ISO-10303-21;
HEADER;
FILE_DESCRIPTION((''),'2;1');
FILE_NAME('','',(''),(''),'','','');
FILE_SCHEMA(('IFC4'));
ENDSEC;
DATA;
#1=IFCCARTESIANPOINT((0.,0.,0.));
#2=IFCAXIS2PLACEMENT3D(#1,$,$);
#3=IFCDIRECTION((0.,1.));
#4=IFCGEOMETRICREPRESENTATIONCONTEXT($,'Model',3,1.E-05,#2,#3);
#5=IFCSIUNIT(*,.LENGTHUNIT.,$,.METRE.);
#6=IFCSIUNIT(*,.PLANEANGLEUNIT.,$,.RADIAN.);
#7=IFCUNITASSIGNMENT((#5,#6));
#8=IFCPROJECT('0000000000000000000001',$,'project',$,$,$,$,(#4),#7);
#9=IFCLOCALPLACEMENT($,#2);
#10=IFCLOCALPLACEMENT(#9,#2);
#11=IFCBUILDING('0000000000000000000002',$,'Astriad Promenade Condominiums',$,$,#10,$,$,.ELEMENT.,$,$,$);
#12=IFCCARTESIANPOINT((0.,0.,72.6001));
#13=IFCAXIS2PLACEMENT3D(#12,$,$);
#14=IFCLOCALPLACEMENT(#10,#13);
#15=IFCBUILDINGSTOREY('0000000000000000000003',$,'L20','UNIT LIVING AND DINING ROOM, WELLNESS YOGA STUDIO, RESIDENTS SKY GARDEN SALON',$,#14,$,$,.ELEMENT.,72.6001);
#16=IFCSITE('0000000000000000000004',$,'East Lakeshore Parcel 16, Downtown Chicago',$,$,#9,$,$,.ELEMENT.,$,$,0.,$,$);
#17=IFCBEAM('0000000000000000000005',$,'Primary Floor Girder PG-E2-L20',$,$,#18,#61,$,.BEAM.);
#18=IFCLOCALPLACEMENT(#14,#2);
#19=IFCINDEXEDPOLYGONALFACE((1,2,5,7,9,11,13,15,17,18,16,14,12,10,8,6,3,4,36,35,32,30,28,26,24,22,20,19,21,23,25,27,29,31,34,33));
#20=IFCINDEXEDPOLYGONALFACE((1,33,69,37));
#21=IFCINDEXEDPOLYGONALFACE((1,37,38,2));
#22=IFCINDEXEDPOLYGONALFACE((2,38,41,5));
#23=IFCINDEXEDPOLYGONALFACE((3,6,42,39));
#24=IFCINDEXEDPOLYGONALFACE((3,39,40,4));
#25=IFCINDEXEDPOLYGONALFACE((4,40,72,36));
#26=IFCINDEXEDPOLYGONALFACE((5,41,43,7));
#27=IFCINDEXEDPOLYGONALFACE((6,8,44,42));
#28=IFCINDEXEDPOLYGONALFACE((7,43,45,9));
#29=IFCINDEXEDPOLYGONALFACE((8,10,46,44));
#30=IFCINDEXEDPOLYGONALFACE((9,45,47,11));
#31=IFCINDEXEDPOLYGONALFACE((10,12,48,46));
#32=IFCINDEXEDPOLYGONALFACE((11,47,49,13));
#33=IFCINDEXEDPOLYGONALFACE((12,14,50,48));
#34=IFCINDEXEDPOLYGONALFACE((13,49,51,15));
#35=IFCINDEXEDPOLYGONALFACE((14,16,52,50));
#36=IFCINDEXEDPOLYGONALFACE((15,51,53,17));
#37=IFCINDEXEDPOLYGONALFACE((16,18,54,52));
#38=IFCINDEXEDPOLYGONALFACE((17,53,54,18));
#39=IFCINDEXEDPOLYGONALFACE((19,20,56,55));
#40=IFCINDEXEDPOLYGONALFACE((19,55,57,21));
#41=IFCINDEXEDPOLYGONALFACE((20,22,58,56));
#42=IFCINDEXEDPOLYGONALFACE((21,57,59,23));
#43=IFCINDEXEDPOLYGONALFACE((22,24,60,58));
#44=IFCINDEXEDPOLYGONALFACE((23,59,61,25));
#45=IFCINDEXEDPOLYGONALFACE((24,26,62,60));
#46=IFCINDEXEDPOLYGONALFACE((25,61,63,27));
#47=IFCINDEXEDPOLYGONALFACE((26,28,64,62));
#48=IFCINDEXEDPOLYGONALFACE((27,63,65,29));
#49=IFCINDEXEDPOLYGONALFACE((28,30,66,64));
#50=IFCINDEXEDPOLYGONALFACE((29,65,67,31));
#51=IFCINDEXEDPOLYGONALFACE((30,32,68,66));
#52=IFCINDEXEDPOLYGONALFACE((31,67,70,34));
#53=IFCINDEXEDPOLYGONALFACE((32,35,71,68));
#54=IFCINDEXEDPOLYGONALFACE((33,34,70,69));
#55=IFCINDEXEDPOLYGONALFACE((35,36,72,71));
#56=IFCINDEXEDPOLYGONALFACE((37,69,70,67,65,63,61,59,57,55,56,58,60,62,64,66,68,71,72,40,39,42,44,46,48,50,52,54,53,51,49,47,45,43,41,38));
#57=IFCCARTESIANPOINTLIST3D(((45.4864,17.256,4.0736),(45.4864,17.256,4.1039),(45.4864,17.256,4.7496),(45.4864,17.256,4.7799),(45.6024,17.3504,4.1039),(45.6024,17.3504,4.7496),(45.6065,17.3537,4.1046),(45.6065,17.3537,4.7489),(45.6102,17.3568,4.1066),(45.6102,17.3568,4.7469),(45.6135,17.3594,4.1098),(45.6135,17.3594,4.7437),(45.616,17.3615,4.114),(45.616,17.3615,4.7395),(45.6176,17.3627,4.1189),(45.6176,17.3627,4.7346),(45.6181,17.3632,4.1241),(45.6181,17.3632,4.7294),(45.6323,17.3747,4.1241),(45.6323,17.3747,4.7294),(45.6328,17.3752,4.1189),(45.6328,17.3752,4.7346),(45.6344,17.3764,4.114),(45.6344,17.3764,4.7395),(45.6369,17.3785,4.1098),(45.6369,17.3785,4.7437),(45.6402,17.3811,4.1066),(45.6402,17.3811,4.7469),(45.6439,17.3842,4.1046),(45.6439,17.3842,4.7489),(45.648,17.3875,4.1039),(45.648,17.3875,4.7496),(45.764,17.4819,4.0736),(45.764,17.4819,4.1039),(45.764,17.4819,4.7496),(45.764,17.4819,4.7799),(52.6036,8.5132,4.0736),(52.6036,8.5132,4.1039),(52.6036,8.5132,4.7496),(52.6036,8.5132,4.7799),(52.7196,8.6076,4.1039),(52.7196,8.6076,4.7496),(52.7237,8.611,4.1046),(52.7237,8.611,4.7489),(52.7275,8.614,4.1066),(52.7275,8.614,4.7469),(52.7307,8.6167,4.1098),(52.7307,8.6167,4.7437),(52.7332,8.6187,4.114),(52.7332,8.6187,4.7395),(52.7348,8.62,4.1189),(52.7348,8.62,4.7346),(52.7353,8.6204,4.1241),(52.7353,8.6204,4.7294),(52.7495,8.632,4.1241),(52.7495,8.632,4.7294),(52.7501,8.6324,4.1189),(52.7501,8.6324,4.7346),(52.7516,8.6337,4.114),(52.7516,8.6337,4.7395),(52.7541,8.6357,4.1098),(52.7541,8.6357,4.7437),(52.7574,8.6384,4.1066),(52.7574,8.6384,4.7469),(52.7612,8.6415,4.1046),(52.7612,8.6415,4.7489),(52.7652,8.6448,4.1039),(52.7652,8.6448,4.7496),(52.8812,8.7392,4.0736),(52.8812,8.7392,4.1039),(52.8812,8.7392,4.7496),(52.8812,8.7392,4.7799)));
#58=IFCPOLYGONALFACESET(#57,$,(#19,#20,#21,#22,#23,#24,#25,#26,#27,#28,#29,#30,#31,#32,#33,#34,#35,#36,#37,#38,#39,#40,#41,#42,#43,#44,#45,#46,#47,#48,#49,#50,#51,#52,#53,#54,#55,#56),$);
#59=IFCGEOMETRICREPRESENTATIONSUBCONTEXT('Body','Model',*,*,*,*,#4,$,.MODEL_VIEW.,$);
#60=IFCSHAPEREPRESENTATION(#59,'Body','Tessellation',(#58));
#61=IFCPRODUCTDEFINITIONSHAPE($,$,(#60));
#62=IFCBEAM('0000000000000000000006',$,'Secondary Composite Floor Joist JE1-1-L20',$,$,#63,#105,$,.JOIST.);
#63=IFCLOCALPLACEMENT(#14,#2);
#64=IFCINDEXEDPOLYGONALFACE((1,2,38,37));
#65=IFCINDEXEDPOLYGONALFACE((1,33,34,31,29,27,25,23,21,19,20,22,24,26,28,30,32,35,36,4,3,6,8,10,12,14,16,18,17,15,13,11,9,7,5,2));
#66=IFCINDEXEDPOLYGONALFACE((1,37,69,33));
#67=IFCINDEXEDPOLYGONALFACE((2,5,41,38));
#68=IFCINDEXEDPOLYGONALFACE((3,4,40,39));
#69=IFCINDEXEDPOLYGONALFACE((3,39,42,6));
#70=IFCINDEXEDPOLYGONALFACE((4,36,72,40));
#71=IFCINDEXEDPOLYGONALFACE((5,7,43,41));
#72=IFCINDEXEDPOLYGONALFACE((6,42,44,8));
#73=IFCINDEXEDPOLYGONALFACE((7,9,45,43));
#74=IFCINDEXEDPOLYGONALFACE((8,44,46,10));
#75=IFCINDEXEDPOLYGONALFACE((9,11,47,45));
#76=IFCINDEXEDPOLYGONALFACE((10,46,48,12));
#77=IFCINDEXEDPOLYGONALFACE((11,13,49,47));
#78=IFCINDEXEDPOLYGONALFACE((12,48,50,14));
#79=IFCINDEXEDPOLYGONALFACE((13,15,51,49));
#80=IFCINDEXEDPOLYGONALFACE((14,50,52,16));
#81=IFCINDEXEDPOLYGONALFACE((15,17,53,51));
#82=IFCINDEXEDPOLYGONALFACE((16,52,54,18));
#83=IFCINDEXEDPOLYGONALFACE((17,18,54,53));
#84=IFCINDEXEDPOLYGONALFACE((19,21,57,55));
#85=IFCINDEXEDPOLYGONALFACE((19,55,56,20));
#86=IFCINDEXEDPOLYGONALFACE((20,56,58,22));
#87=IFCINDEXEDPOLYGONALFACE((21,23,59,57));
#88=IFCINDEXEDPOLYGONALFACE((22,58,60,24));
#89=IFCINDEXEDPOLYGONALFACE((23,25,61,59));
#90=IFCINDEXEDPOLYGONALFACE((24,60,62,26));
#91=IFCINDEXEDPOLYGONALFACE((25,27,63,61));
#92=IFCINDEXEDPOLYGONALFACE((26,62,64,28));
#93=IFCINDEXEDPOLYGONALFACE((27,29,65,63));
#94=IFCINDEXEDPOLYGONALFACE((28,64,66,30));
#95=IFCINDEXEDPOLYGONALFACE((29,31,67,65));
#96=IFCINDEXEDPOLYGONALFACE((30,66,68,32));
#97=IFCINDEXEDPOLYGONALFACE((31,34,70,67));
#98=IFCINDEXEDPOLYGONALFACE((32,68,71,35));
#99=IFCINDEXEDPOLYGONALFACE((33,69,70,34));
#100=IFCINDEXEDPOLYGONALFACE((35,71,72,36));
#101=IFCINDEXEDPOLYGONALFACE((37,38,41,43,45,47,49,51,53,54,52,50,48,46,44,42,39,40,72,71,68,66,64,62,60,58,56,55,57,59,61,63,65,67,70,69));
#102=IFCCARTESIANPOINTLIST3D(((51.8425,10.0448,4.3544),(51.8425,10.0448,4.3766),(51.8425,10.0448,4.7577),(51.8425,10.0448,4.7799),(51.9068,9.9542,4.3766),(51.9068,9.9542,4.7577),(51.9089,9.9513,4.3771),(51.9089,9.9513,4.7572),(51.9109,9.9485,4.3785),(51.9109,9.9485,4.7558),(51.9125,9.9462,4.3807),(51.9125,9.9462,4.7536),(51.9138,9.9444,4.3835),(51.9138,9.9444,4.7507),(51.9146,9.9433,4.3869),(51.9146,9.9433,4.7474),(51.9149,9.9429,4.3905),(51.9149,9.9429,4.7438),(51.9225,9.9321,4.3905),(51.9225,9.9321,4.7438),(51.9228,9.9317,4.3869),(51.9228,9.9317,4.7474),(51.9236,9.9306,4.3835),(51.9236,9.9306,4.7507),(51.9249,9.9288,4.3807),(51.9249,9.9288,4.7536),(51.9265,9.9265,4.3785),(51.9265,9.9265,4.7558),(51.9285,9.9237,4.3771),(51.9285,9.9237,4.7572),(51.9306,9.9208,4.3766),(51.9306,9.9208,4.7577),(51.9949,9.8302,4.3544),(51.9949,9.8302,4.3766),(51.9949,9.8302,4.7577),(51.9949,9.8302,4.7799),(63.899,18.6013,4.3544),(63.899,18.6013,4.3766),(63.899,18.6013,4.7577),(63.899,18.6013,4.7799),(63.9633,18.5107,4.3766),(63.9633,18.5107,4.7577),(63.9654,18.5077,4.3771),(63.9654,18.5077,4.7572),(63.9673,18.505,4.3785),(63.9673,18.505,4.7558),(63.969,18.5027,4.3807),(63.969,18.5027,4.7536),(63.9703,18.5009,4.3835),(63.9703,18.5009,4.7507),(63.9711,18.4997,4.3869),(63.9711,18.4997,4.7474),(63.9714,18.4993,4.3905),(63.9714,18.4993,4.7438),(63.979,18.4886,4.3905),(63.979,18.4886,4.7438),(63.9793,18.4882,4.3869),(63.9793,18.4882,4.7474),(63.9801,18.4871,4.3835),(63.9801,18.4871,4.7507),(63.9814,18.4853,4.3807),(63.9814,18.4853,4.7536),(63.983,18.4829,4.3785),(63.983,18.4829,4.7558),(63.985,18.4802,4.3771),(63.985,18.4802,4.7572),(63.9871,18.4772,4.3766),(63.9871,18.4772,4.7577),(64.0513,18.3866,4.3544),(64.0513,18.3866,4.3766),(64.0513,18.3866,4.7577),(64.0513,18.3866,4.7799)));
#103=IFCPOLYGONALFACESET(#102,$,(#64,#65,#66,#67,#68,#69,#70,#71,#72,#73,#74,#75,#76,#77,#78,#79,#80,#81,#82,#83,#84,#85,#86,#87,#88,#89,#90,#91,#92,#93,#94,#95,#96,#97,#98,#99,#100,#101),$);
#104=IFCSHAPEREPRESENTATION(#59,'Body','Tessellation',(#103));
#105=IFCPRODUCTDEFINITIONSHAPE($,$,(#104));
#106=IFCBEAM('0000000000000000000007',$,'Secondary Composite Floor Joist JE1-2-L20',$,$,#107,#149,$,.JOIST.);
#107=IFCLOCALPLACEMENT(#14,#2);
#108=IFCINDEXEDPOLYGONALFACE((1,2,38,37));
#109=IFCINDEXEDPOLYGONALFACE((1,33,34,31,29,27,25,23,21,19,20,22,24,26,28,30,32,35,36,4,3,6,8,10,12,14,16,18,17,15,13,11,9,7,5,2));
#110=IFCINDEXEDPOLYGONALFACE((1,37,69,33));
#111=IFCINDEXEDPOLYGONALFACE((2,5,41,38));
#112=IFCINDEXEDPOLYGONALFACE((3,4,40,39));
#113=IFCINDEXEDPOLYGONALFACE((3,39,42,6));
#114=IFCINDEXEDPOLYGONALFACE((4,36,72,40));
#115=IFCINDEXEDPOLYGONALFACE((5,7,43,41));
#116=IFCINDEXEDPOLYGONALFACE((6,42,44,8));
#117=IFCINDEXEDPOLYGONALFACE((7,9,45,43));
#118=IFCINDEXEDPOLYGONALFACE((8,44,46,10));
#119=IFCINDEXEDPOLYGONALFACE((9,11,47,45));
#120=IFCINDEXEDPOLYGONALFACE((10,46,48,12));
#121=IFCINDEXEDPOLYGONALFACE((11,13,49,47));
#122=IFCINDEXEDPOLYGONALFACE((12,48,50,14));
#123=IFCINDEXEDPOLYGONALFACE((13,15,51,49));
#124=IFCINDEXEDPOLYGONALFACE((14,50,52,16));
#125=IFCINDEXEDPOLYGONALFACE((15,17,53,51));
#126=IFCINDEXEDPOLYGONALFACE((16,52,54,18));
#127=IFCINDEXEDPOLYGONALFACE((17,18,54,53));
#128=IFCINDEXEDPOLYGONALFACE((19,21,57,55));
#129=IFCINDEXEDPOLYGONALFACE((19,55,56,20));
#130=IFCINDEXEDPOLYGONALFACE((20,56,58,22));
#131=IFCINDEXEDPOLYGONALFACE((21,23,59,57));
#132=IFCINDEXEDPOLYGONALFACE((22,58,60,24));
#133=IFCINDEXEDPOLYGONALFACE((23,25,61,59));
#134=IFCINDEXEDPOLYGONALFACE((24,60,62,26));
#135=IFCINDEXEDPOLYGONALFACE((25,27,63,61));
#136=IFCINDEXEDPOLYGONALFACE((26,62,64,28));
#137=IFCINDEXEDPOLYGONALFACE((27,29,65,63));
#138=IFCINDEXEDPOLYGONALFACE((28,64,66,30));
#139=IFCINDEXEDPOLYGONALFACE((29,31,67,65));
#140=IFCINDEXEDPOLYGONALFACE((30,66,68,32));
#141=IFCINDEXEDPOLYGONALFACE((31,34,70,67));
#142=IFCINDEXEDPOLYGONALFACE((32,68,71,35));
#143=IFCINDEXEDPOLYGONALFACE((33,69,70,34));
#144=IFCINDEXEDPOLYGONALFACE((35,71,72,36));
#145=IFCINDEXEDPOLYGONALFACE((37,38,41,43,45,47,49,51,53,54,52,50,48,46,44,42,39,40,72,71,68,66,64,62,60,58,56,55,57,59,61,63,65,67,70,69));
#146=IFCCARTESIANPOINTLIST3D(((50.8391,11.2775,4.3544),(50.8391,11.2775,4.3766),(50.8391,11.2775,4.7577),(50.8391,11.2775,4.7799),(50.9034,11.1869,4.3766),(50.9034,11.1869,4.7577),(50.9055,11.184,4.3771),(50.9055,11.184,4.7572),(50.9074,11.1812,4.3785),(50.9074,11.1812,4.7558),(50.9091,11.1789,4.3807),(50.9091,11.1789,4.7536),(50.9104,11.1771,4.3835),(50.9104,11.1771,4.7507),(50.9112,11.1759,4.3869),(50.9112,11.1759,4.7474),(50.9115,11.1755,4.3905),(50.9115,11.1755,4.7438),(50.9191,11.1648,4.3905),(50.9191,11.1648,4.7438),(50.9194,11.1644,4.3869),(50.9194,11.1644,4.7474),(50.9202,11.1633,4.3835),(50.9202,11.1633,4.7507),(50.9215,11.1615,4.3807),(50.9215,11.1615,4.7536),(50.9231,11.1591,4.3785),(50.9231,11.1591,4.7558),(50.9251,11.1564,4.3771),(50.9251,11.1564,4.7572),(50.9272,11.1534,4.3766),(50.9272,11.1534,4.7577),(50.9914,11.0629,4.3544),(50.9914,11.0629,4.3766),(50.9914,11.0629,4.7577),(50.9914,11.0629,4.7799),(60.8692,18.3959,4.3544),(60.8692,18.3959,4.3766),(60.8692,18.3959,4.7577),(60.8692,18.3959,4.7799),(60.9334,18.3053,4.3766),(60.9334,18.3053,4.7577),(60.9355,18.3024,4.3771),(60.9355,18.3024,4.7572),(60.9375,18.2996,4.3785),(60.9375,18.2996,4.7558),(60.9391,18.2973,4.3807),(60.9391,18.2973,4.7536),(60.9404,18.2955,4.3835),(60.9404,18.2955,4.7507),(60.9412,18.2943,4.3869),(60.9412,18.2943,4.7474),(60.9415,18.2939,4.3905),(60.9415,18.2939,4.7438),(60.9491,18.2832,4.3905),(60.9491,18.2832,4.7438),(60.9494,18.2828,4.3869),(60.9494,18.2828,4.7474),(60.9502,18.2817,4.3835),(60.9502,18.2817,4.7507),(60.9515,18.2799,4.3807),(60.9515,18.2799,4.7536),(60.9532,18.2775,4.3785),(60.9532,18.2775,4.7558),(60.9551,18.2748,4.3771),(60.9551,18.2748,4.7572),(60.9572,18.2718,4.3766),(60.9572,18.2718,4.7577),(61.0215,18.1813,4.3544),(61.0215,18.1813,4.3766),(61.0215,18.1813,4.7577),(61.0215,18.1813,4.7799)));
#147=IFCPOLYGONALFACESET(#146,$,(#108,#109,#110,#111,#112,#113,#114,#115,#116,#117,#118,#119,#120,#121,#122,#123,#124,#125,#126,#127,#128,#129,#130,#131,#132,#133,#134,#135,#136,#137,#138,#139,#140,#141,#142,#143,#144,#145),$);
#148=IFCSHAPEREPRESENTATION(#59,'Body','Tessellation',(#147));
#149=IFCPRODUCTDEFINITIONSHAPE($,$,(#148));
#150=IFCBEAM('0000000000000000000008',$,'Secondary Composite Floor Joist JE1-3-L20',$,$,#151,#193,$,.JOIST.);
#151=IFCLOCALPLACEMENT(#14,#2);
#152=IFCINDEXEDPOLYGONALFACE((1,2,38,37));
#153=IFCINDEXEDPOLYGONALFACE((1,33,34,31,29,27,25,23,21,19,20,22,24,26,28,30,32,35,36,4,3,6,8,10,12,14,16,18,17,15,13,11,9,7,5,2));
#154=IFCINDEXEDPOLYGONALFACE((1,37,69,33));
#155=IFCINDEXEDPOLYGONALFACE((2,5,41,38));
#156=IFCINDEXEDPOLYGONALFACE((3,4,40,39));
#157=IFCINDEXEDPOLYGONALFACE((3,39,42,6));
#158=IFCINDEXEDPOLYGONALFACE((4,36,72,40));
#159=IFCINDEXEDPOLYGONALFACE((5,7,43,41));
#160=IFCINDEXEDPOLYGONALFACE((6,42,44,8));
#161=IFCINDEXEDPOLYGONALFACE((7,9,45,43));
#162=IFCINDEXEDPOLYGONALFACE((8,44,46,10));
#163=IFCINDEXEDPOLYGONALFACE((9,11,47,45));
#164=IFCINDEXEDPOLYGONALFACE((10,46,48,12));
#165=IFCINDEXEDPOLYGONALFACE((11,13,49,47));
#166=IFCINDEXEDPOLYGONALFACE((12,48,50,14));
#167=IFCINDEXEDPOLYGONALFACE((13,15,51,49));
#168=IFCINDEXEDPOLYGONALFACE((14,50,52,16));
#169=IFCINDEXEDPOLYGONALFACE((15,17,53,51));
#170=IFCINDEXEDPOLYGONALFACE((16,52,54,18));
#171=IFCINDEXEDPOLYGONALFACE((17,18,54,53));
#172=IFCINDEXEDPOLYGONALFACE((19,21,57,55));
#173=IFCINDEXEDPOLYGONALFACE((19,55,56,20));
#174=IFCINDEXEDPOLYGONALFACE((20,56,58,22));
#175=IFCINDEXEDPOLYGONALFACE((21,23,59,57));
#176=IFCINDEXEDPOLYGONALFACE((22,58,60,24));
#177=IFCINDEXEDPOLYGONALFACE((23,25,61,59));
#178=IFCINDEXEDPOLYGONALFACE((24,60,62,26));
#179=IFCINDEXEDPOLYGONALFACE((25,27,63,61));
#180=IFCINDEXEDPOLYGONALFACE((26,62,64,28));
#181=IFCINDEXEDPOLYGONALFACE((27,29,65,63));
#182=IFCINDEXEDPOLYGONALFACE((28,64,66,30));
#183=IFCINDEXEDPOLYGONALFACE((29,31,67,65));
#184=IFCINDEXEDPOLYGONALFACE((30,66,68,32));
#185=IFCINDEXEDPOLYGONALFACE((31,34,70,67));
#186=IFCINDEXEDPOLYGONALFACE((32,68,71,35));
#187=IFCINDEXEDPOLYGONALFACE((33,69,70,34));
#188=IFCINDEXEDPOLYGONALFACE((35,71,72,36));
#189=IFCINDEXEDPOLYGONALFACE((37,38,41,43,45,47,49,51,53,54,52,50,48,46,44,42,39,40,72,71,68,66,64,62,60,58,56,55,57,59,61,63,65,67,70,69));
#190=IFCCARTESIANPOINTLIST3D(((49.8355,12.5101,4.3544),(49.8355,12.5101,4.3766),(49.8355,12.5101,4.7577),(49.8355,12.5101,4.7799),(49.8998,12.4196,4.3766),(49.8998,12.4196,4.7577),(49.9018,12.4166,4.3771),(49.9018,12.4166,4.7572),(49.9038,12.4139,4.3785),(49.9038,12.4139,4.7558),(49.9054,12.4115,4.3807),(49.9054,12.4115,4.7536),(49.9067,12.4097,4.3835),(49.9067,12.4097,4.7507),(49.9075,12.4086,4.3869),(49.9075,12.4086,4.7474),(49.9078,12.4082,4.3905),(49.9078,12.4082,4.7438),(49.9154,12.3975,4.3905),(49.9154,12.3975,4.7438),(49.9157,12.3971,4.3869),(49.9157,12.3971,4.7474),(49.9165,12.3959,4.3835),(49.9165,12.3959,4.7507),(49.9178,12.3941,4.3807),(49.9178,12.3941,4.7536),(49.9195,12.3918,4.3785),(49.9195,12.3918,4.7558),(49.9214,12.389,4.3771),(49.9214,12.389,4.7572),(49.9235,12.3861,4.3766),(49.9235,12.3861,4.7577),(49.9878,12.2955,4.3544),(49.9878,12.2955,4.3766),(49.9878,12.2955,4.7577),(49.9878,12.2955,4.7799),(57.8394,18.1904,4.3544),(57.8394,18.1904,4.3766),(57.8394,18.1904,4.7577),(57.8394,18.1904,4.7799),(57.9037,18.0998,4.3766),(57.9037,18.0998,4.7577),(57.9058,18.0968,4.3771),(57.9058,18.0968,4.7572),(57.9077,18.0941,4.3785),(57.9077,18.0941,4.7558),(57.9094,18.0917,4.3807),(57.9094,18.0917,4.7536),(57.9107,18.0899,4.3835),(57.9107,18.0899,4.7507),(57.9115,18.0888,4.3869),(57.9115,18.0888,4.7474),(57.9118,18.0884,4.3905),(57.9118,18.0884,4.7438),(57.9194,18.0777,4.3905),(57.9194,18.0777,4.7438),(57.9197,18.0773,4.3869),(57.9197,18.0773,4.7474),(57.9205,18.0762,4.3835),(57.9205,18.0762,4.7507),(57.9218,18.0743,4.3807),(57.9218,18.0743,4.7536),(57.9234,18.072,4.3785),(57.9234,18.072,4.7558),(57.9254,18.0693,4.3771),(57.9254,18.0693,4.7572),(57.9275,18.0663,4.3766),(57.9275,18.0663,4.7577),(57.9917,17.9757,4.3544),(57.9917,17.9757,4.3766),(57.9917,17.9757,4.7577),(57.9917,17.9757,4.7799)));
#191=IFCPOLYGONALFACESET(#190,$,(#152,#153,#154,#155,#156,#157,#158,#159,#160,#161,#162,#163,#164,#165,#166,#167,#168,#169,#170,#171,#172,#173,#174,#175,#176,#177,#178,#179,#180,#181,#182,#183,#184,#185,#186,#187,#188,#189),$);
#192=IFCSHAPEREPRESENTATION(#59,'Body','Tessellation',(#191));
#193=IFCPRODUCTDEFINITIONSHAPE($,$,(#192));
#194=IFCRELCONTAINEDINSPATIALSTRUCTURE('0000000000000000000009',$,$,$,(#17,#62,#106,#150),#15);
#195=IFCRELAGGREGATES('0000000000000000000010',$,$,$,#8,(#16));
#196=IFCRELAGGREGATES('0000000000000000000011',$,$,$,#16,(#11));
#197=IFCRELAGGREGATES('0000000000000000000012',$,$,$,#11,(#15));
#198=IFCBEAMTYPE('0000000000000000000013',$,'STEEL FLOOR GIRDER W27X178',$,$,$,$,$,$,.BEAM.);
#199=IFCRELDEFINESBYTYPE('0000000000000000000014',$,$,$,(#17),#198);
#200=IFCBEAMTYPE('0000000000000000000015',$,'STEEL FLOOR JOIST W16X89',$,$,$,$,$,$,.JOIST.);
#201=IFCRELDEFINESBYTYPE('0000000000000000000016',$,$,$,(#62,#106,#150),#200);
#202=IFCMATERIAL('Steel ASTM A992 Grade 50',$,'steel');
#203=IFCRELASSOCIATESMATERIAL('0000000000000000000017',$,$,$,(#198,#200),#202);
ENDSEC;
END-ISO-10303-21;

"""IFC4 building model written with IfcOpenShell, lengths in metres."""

from ifc_helpers import new_model, si_unit, direction, frame, origin, origin_2d, place, context, subcontext, project, spatial, i_section, extrude, source, transform, mapped, material, material_profile, profile_set, type_object, type_shapes, element, save


model = new_model("IFC4")

# Units and contexts
model_context = context("Model", 3, precision=1e-05, world=origin(), true_north=direction((0.0, 1.0)))
body_context = subcontext(model_context, "Body", "Model", "MODEL_VIEW")
ifc_project = project(units=[si_unit("LENGTHUNIT", "METRE"), si_unit("PLANEANGLEUNIT", "RADIAN")], contexts=[model_context])

# Site, building, storey
site_placement = place(None, origin())
site = spatial("IfcSite", under=ifc_project, at=site_placement, Name="East Lakeshore Parcel 16, Downtown Chicago", CompositionType="ELEMENT", RefElevation=0.0)
building_placement = place(site_placement, origin())
building = spatial("IfcBuilding", under=site, at=building_placement, Name="Astriad Promenade Condominiums", CompositionType="ELEMENT")
storey_placement = place(building_placement, frame((0.0, 0.0, 72.6001)))
storey = spatial("IfcBuildingStorey", under=building, at=storey_placement, Name="L20", Description="UNIT LIVING AND DINING ROOM, WELLNESS YOGA STUDIO, RESIDENTS SKY GARDEN SALON", CompositionType="ELEMENT", Elevation=72.6001)

# Shared definitions
ifc_material_1 = material(Name="Steel ASTM A992 Grade 50", Category="steel")

# Beams
ifc_material_profile_1 = material_profile(ifc_material_1, i_section(OverallWidth=0.3579, OverallDepth=0.7063, WebThickness=0.0183, FlangeThickness=0.0303, FilletRadius=0.0203, at=origin_2d()), Name="W27X178")
ifc_profile_set_1 = profile_set([ifc_material_profile_1], Name="Steel ASTM A992 Grade 50")
beam_type_1 = type_object("IfcBeamType", Name="STEEL FLOOR GIRDER W27X178", PredefinedType="BEAM", material=ifc_profile_set_1)
shared_shape_1 = source(origin(), body_context, "Body", "SweptSolid", [
    extrude(i_section(OverallWidth=0.3579, OverallDepth=0.7063, WebThickness=0.0183, FlangeThickness=0.0303, FilletRadius=0.0203, at=origin_2d()), origin(), (0.0, 0.0, 1.0), 11.2734),
])
type_shapes(beam_type_1, [shared_shape_1])
beam_1_placement = place(storey_placement, frame((52.7424, 8.6262, 4.4268), z_axis=(-0.631328, 0.775516, 0.0), x_axis=(-0.775516, -0.631328, 0.0)))
element("IfcBeam", 1, at=beam_1_placement, inside=storey, type_object=beam_type_1, Name="Primary Floor Girder PG-E2-L20", PredefinedType="BEAM", context=body_context, shape_type="MappedRepresentation", body=[
    mapped(shared_shape_1, transform((0.0, 0.0, 0.0), scale=1.0)),
])
ifc_material_profile_2 = material_profile(ifc_material_1, i_section(OverallWidth=0.2632, OverallDepth=0.4255, WebThickness=0.0132, FlangeThickness=0.0222, FilletRadius=0.0139, at=origin_2d()), Name="W16X89")
ifc_profile_set_2 = profile_set([ifc_material_profile_2], Name="Steel ASTM A992 Grade 50")
beam_type_2 = type_object("IfcBeamType", Name="STEEL FLOOR JOIST W16X89", PredefinedType="JOIST", material=ifc_profile_set_2)
shared_shape_2 = source(origin(), body_context, "Body", "SweptSolid", [
    extrude(i_section(OverallWidth=0.2632, OverallDepth=0.4255, WebThickness=0.0132, FlangeThickness=0.0222, FilletRadius=0.0139, at=origin_2d()), origin(), (0.0, 0.0, 1.0), 14.7842),
])
beam_2_placement = place(storey_placement, frame((51.9187, 9.9375, 4.5671), z_axis=(0.815499, 0.578758, 0.0), x_axis=(-0.578758, 0.815499, 0.0)))
element("IfcBeam", 2, at=beam_2_placement, inside=storey, type_object=beam_type_2, Name="Secondary Composite Floor Joist JE1-1-L20", PredefinedType="JOIST", context=body_context, shape_type="MappedRepresentation", body=[
    mapped(shared_shape_2, transform((0.0, 0.0, 0.0), scale=1.0)),
])
shared_shape_3 = source(origin(), body_context, "Body", "SweptSolid", [
    extrude(i_section(OverallWidth=0.2632, OverallDepth=0.4255, WebThickness=0.0132, FlangeThickness=0.0222, FilletRadius=0.0139, at=origin_2d()), origin(), (0.0, 0.0, 1.0), 12.2993),
])
beam_3_placement = place(storey_placement, frame((50.9153, 11.1702, 4.5671), z_axis=(0.815495, 0.578764, 0.0), x_axis=(-0.578764, 0.815495, 0.0)))
element("IfcBeam", 3, at=beam_3_placement, inside=storey, type_object=beam_type_2, Name="Secondary Composite Floor Joist JE1-2-L20", PredefinedType="JOIST", context=body_context, shape_type="MappedRepresentation", body=[
    mapped(shared_shape_3, transform((0.0, 0.0, 0.0), scale=1.0)),
])
shared_shape_4 = source(origin(), body_context, "Body", "SweptSolid", [
    extrude(i_section(OverallWidth=0.2632, OverallDepth=0.4255, WebThickness=0.0132, FlangeThickness=0.0222, FilletRadius=0.0139, at=origin_2d()), origin(), (0.0, 0.0, 1.0), 9.8147),
])
beam_4_placement = place(storey_placement, frame((49.9116, 12.4028, 4.5671), z_axis=(0.815508, 0.578746, 0.0), x_axis=(-0.578746, 0.815508, 0.0)))
element("IfcBeam", 4, at=beam_4_placement, inside=storey, type_object=beam_type_2, Name="Secondary Composite Floor Joist JE1-3-L20", PredefinedType="JOIST", context=body_context, shape_type="MappedRepresentation", body=[
    mapped(shared_shape_4, transform((0.0, 0.0, 0.0), scale=1.0)),
])

save(model, "model.ifc")
